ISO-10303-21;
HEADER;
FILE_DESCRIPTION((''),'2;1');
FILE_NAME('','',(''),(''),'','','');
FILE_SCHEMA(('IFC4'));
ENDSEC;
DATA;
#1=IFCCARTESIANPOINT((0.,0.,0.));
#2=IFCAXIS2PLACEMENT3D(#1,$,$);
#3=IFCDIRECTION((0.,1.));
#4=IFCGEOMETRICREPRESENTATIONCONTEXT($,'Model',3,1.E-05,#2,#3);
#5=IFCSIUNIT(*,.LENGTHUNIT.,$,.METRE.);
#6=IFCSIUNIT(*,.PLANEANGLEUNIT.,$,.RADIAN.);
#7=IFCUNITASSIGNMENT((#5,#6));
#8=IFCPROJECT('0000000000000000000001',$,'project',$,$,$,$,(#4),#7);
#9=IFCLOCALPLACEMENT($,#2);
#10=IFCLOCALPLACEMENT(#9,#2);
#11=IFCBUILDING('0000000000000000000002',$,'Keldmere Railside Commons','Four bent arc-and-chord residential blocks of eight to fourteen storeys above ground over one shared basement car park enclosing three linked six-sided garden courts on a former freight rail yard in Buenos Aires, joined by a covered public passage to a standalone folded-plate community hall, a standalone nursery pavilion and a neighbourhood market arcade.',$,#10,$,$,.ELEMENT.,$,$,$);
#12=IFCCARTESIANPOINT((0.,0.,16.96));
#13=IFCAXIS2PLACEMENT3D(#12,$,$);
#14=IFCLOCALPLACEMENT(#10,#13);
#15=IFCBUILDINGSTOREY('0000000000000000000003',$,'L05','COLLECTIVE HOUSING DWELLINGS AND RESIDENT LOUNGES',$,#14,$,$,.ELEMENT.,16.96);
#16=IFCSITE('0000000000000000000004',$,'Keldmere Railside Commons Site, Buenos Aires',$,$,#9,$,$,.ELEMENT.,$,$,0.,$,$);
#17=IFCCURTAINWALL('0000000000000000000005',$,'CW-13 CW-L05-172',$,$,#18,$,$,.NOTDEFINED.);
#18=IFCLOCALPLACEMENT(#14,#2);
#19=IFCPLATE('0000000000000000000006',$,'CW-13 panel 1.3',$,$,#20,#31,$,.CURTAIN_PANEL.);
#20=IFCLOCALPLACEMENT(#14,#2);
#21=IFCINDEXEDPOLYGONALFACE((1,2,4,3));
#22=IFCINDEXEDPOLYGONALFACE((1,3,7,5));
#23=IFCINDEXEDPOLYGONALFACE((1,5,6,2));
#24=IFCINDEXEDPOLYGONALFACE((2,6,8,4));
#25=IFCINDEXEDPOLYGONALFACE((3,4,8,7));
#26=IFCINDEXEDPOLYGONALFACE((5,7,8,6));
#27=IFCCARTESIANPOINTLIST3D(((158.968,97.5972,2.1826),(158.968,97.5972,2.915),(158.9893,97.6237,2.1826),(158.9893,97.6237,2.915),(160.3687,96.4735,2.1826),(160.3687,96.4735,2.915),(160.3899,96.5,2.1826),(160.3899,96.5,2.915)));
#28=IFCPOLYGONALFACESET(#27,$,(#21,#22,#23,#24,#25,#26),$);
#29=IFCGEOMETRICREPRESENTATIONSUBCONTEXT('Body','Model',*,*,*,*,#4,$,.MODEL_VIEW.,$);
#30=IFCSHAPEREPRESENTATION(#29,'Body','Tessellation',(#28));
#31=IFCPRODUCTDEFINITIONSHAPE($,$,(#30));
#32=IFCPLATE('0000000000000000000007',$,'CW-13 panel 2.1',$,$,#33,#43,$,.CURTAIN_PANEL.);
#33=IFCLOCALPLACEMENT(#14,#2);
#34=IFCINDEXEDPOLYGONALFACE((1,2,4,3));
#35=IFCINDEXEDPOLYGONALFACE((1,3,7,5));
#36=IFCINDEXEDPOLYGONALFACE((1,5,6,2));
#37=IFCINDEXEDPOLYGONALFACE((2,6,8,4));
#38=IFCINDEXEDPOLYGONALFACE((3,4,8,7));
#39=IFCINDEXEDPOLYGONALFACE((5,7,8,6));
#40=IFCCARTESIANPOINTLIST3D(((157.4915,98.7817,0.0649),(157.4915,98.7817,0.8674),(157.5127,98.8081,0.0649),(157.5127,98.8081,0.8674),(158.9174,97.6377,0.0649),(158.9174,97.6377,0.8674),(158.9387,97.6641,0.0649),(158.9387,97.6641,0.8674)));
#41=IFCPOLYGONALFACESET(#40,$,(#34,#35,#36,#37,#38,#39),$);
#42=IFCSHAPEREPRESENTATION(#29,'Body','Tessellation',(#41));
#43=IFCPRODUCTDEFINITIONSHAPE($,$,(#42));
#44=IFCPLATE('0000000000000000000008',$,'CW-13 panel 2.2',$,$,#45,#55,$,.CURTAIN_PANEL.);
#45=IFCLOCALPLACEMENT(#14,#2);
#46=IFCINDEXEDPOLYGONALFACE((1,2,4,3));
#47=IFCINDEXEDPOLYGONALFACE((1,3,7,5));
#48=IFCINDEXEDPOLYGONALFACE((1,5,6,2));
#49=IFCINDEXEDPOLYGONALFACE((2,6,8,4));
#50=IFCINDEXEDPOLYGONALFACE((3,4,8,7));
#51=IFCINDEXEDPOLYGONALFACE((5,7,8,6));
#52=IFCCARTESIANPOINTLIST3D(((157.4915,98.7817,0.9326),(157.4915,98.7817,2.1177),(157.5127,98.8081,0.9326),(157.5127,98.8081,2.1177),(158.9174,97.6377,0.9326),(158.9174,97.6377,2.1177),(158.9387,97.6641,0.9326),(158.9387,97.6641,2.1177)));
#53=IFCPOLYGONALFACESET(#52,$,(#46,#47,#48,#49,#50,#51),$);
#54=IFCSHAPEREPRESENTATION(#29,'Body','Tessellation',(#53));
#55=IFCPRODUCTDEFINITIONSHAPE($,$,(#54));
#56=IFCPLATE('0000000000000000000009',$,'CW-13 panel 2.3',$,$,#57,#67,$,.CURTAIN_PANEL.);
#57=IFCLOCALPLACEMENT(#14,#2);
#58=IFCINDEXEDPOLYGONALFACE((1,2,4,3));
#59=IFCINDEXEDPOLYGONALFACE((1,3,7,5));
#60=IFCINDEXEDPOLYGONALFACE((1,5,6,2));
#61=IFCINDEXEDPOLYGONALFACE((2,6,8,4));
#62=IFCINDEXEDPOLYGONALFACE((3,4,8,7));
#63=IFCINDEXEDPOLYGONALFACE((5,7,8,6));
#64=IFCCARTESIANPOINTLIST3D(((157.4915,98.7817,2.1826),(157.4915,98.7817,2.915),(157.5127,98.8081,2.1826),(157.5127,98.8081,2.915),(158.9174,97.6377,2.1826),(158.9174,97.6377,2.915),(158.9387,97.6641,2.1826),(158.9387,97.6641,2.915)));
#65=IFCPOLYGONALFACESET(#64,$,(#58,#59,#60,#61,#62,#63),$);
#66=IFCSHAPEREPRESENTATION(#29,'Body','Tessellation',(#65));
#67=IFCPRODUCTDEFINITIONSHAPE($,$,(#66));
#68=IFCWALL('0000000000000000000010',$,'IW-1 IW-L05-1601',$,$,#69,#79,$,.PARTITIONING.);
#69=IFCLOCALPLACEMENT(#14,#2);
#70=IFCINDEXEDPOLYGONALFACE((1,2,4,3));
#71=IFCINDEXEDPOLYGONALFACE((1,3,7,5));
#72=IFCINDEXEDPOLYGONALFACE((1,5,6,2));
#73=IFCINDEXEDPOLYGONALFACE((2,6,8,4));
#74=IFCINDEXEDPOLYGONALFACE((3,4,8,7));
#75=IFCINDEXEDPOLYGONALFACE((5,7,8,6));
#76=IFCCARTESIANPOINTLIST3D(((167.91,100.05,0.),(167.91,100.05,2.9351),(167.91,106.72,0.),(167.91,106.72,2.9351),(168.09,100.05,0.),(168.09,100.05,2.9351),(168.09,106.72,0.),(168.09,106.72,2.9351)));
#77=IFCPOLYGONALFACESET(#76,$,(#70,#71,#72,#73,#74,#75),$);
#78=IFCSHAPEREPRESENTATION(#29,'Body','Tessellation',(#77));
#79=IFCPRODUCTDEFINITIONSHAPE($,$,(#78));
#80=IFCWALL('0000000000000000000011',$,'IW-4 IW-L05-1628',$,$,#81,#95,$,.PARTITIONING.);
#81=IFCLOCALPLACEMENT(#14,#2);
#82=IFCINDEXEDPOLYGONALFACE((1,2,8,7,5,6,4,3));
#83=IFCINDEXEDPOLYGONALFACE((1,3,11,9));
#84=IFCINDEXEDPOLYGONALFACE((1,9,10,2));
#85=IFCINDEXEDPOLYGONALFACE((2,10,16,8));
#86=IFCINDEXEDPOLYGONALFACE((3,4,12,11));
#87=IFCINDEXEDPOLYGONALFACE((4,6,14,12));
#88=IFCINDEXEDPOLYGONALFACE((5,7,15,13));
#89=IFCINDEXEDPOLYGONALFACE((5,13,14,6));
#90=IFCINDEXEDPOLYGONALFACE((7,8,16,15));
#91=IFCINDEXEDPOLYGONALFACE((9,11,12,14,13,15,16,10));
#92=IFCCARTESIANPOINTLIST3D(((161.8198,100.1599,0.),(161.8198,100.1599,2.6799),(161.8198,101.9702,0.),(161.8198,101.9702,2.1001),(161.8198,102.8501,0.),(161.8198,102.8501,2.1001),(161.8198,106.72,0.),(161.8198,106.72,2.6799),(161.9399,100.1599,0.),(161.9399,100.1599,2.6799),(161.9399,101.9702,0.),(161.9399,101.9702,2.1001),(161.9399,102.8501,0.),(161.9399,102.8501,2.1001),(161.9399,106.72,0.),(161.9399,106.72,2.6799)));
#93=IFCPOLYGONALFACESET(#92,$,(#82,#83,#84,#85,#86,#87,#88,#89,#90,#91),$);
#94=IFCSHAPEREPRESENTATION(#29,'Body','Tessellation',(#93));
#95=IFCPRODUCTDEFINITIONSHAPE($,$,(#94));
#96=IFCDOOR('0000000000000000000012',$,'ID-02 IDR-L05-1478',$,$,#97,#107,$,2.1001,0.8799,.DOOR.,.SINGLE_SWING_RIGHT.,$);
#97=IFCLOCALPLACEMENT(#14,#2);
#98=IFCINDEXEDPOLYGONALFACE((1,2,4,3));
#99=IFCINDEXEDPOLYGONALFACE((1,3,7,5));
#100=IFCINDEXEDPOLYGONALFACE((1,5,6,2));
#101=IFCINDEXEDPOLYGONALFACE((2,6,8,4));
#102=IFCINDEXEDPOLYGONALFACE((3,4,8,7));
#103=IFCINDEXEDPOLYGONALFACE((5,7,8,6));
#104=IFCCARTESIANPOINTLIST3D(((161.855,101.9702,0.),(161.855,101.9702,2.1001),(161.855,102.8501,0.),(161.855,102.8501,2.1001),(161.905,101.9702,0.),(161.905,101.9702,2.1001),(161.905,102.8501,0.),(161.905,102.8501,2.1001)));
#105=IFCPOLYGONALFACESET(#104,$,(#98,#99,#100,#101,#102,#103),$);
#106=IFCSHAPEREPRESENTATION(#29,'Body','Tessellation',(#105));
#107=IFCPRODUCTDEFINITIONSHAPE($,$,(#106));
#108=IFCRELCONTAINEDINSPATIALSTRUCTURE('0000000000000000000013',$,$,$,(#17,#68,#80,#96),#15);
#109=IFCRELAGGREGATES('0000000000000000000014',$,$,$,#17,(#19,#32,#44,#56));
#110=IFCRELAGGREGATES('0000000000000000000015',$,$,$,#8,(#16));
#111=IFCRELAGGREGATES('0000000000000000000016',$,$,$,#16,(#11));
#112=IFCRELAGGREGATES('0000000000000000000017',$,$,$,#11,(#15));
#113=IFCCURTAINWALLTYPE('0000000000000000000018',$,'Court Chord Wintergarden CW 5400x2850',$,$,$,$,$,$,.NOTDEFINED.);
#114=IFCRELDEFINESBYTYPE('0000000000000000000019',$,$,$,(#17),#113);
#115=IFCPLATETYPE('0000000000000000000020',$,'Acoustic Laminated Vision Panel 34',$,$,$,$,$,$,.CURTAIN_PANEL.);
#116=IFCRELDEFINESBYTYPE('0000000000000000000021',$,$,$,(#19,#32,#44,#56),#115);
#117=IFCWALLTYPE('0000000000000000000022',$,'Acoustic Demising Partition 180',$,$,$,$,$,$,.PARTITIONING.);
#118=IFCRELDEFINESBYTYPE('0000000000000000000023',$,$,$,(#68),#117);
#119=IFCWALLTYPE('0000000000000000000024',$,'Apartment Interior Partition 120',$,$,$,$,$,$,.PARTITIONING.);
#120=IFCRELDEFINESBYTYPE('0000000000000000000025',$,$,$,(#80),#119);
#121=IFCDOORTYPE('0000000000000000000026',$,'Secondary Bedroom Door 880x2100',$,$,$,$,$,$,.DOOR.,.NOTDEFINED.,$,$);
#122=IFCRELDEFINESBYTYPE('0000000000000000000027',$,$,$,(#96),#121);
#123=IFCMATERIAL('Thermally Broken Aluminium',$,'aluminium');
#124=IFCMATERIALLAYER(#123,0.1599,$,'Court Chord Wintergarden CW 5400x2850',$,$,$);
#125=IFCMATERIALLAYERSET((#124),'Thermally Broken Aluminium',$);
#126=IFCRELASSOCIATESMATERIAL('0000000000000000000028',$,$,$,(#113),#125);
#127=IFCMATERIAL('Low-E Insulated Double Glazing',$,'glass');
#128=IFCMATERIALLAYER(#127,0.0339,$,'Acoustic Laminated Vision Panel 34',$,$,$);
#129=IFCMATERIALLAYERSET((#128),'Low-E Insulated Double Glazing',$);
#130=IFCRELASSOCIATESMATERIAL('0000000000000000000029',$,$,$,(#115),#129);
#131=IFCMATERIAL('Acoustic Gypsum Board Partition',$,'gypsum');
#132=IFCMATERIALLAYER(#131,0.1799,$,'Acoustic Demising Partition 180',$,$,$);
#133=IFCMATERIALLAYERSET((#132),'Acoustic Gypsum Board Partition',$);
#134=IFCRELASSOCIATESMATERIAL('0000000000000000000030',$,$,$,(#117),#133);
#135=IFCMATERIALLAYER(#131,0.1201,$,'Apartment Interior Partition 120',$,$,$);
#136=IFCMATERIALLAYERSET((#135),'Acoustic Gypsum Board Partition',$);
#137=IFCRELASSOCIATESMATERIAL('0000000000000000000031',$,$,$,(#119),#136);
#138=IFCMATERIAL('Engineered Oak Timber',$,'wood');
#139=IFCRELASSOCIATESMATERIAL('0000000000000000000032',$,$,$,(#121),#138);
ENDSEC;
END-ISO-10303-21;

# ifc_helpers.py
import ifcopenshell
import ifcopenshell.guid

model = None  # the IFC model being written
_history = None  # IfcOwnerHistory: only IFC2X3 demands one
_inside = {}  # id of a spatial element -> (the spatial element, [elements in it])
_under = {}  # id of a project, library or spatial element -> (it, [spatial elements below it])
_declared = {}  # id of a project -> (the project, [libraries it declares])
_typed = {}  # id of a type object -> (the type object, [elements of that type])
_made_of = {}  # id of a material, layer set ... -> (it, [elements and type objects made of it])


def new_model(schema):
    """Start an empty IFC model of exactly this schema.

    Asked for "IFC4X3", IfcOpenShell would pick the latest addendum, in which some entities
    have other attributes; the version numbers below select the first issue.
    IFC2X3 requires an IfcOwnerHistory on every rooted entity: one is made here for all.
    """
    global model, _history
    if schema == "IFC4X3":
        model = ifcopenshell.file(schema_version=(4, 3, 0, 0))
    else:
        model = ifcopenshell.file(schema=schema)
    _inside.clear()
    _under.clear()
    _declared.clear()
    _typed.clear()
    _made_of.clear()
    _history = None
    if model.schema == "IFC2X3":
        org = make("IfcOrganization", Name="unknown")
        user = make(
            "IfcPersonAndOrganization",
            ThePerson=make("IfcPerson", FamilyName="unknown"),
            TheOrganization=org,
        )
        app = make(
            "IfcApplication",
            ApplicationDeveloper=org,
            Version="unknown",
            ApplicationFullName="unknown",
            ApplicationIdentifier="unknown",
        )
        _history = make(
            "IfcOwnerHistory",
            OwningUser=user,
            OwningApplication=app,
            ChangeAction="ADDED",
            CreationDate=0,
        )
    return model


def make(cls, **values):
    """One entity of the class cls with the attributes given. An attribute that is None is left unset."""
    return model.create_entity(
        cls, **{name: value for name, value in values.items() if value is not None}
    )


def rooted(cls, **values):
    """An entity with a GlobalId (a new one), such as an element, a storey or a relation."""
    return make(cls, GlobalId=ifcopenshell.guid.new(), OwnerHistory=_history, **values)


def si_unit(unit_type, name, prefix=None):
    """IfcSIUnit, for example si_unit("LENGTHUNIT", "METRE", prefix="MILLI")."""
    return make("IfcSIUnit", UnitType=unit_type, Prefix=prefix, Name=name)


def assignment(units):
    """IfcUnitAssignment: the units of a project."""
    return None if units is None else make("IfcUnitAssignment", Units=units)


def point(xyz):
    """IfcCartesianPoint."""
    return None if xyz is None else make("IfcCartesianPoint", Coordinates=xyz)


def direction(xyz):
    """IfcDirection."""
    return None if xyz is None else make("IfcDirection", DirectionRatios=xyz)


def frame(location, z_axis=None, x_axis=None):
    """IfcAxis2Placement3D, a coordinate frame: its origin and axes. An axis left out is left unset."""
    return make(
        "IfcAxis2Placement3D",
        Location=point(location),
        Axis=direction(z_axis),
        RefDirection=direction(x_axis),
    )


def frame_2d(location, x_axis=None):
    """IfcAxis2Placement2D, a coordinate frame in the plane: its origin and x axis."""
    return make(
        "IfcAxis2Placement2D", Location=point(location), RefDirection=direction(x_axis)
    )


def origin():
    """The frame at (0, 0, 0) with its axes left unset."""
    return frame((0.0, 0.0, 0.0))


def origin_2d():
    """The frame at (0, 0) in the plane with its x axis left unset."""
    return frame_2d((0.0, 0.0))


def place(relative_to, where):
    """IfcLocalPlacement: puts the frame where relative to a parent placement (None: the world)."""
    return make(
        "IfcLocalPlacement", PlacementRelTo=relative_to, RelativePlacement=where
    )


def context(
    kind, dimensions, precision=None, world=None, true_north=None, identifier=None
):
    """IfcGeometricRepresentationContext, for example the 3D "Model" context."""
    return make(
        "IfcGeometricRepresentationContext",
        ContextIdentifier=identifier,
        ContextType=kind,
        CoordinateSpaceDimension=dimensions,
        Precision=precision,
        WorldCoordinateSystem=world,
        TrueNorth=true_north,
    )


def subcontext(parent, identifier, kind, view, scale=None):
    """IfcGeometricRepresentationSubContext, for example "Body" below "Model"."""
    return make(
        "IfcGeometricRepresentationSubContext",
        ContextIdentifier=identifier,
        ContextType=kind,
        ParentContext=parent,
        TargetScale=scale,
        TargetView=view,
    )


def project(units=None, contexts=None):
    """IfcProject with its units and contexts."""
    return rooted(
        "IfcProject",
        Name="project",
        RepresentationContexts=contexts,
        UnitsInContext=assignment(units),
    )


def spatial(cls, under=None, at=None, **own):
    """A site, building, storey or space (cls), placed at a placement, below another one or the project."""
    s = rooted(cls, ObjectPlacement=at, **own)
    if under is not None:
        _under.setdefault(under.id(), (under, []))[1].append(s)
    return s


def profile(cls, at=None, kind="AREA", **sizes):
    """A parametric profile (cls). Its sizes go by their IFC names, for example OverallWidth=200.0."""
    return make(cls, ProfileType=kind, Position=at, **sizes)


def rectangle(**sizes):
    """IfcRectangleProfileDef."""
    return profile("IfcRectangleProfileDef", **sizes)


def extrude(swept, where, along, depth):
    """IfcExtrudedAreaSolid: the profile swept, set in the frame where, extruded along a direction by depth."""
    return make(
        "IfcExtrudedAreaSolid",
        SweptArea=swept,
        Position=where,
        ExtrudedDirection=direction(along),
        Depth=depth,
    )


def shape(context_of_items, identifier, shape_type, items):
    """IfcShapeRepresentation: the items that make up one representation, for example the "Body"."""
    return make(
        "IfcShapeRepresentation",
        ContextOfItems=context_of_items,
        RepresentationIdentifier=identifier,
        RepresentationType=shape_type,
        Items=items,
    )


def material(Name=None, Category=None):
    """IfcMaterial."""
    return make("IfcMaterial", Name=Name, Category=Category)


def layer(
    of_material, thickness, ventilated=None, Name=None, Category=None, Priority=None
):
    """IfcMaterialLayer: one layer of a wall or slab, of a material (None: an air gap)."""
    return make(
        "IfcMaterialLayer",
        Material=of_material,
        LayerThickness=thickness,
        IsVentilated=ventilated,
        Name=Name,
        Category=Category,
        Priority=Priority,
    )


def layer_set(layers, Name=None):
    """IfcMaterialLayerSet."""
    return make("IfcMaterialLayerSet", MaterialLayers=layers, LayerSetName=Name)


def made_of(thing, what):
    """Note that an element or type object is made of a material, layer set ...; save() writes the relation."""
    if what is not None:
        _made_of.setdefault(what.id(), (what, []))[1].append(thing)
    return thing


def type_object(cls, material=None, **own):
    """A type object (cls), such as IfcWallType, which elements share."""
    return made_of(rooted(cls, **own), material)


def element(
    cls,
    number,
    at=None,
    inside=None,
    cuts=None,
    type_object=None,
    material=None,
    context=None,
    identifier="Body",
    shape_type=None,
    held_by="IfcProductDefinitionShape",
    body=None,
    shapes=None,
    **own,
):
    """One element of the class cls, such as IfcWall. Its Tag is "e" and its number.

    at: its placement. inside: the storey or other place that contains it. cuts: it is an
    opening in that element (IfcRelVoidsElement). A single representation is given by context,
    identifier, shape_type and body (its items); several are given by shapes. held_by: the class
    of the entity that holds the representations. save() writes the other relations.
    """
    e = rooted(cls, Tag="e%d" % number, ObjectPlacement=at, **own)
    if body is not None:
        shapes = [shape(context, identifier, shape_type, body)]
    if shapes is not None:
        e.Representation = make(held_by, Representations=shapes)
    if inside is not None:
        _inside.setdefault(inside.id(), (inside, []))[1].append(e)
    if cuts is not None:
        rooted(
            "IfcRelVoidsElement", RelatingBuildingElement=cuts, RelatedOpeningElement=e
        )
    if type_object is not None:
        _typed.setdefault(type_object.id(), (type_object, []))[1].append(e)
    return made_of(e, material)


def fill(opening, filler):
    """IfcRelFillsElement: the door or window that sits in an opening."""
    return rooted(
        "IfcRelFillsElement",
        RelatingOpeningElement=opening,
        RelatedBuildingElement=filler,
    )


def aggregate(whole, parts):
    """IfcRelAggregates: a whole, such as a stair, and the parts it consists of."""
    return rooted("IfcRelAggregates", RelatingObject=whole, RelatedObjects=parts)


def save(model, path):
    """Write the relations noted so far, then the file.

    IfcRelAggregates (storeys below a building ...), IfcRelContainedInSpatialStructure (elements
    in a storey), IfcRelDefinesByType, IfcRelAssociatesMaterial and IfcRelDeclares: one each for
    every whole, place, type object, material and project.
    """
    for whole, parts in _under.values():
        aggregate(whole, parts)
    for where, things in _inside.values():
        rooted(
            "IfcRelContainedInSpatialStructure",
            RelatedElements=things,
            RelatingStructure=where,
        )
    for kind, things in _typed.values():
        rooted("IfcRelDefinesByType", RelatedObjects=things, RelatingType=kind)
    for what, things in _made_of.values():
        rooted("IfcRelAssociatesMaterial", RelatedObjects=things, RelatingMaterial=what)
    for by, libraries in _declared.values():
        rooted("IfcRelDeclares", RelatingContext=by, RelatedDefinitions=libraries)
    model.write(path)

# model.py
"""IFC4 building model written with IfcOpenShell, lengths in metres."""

from ifc_helpers import new_model, si_unit, direction, frame, frame_2d, origin, origin_2d, place, context, subcontext, project, spatial, rectangle, extrude, material, layer, layer_set, type_object, element, fill, aggregate, save


model = new_model("IFC4")

# Units and contexts
model_context = context("Model", 3, precision=1e-05, world=origin(), true_north=direction((0.0, 1.0)))
body_context = subcontext(model_context, "Body", "Model", "MODEL_VIEW")
ifc_project = project(units=[si_unit("LENGTHUNIT", "METRE"), si_unit("PLANEANGLEUNIT", "RADIAN")], contexts=[model_context])

# Site, building, storey
site_placement = place(None, origin())
site = spatial("IfcSite", under=ifc_project, at=site_placement, Name="Keldmere Railside Commons Site, Buenos Aires", CompositionType="ELEMENT", RefElevation=0.0)
building_placement = place(site_placement, origin())
building = spatial("IfcBuilding", under=site, at=building_placement, Name="Keldmere Railside Commons", Description="Four bent arc-and-chord residential blocks of eight to fourteen storeys above ground over one shared basement car park enclosing three linked six-sided garden courts on a former freight rail yard in Buenos Aires, joined by a covered public passage to a standalone folded-plate community hall, a standalone nursery pavilion and a neighbourhood market arcade.", CompositionType="ELEMENT")
storey_placement = place(building_placement, frame((0.0, 0.0, 16.96)))
storey = spatial("IfcBuildingStorey", under=building, at=storey_placement, Name="L05", Description="COLLECTIVE HOUSING DWELLINGS AND RESIDENT LOUNGES", CompositionType="ELEMENT", Elevation=16.96)

# Curtain wall
ifc_material_1 = material(Name="Thermally Broken Aluminium", Category="aluminium")
ifc_layer_1 = layer(ifc_material_1, 0.1599, Name="Court Chord Wintergarden CW 5400x2850")
ifc_layer_set_1 = layer_set([ifc_layer_1], Name="Thermally Broken Aluminium")
curtain_wall_type_1 = type_object("IfcCurtainWallType", Name="Court Chord Wintergarden CW 5400x2850", PredefinedType="NOTDEFINED", material=ifc_layer_set_1)
curtain_wall_1_placement = place(storey_placement, origin())
curtain_wall_1 = element("IfcCurtainWall", 1, at=curtain_wall_1_placement, inside=storey, type_object=curtain_wall_type_1, Name="CW-13 CW-L05-172", PredefinedType="NOTDEFINED")

# Plates
ifc_material_2 = material(Name="Low-E Insulated Double Glazing", Category="glass")
ifc_layer_2 = layer(ifc_material_2, 0.0339, Name="Acoustic Laminated Vision Panel 34")
ifc_layer_set_2 = layer_set([ifc_layer_2], Name="Low-E Insulated Double Glazing")
plate_type = type_object("IfcPlateType", Name="Acoustic Laminated Vision Panel 34", PredefinedType="CURTAIN_PANEL", material=ifc_layer_set_2)
plate_1_placement = place(storey_placement, frame((159.679, 97.0486, 2.1826), z_axis=(0.0, 0.0, 1.0), x_axis=(-0.780009, 0.625768, 0.0)))
plate_1 = element("IfcPlate", 2, at=plate_1_placement, type_object=plate_type, Name="CW-13 panel 1.3", PredefinedType="CURTAIN_PANEL", context=body_context, shape_type="SweptSolid", body=[
    extrude(rectangle(XDim=1.7957, YDim=0.0339, at=origin_2d()), origin(), (0.0, 0.0, 1.0), 0.7324),
])
plate_2_placement = place(storey_placement, frame((158.2151, 98.2229, 0.0649), z_axis=(0.0, 0.0, 1.0), x_axis=(-0.780009, 0.625768, 0.0)))
plate_2 = element("IfcPlate", 3, at=plate_2_placement, type_object=plate_type, Name="CW-13 panel 2.1", PredefinedType="CURTAIN_PANEL", context=body_context, shape_type="SweptSolid", body=[
    extrude(rectangle(XDim=1.8281, YDim=0.0339, at=origin_2d()), origin(), (0.0, 0.0, 1.0), 0.8025),
])
plate_3_placement = place(storey_placement, frame((158.2151, 98.2229, 0.9326), z_axis=(0.0, 0.0, 1.0), x_axis=(-0.780009, 0.625768, 0.0)))
plate_3 = element("IfcPlate", 4, at=plate_3_placement, type_object=plate_type, Name="CW-13 panel 2.2", PredefinedType="CURTAIN_PANEL", context=body_context, shape_type="SweptSolid", body=[
    extrude(rectangle(XDim=1.8281, YDim=0.0339, at=origin_2d()), origin(), (0.0, 0.0, 1.0), 1.1851),
])
plate_4_placement = place(storey_placement, frame((158.2151, 98.2229, 2.1826), z_axis=(0.0, 0.0, 1.0), x_axis=(-0.780009, 0.625768, 0.0)))
plate_4 = element("IfcPlate", 5, at=plate_4_placement, type_object=plate_type, Name="CW-13 panel 2.3", PredefinedType="CURTAIN_PANEL", context=body_context, shape_type="SweptSolid", body=[
    extrude(rectangle(XDim=1.8281, YDim=0.0339, at=origin_2d()), origin(), (0.0, 0.0, 1.0), 0.7324),
])
aggregate(curtain_wall_1, [plate_1, plate_2, plate_3, plate_4])

# Wall
ifc_material_3 = material(Name="Acoustic Gypsum Board Partition", Category="gypsum")
ifc_layer_3 = layer(ifc_material_3, 0.1799, Name="Acoustic Demising Partition 180")
ifc_layer_set_3 = layer_set([ifc_layer_3], Name="Acoustic Gypsum Board Partition")
wall_type_1 = type_object("IfcWallType", Name="Acoustic Demising Partition 180", PredefinedType="PARTITIONING", material=ifc_layer_set_3)
wall_1_placement = place(storey_placement, frame((168.0, 100.05, 0.0), z_axis=(0.0, 0.0, 1.0), x_axis=(0.0, 1.0, 0.0)))
element("IfcWall", 6, at=wall_1_placement, inside=storey, type_object=wall_type_1, Name="IW-1 IW-L05-1601", PredefinedType="PARTITIONING", context=body_context, shape_type="SweptSolid", body=[
    extrude(rectangle(XDim=6.6699, YDim=0.1799, at=frame_2d((3.335, 0.0))), origin(), (0.0, 0.0, 1.0), 2.9351),
])

# Wall, opening, door
ifc_layer_4 = layer(ifc_material_3, 0.1201, Name="Apartment Interior Partition 120")
ifc_layer_set_4 = layer_set([ifc_layer_4], Name="Acoustic Gypsum Board Partition")
wall_type_2 = type_object("IfcWallType", Name="Apartment Interior Partition 120", PredefinedType="PARTITIONING", material=ifc_layer_set_4)
wall_2_placement = place(storey_placement, frame((161.8799, 100.1599, 0.0), z_axis=(0.0, 0.0, 1.0), x_axis=(0.0, 1.0, 0.0)))
wall_2 = element("IfcWall", 7, at=wall_2_placement, inside=storey, type_object=wall_type_2, Name="IW-4 IW-L05-1628", PredefinedType="PARTITIONING", context=body_context, shape_type="SweptSolid", body=[
    extrude(rectangle(XDim=6.5601, YDim=0.1201, at=frame_2d((3.28, 0.0))), origin(), (0.0, 0.0, 1.0), 2.6799),
])
opening_placement = place(wall_2_placement, frame((1.8103, 0.0, 0.0)))
opening = element("IfcOpeningElement", 8, at=opening_placement, cuts=wall_2, PredefinedType="OPENING", context=body_context, shape_type="SweptSolid", body=[
    extrude(rectangle(XDim=0.8799, YDim=2.1001, at=frame_2d((0.4399, 1.05))), frame((0.0, 0.0701, 0.0), z_axis=(0.0, -1.0, 0.0), x_axis=(1.0, 0.0, 0.0)), (0.0, 0.0, 1.0), 0.1401),
])
ifc_material_4 = material(Name="Engineered Oak Timber", Category="wood")
door_type = type_object("IfcDoorType", Name="Secondary Bedroom Door 880x2100", OperationType="NOTDEFINED", PredefinedType="DOOR", material=ifc_material_4)
door_placement = place(opening_placement, origin())
door = element("IfcDoor", 9, at=door_placement, inside=storey, type_object=door_type, Name="ID-02 IDR-L05-1478", OperationType="SINGLE_SWING_RIGHT", OverallHeight=2.1001, OverallWidth=0.8799, PredefinedType="DOOR", context=body_context, shape_type="SweptSolid", body=[
    extrude(rectangle(XDim=0.8799, YDim=2.1001, at=frame_2d((0.4399, 1.05))), frame((0.0, 0.0249, 0.0), z_axis=(0.0, -1.0, 0.0), x_axis=(1.0, 0.0, 0.0)), (0.0, 0.0, 1.0), 0.05),
])
fill(opening, door)

save(model, "model.ifc")
